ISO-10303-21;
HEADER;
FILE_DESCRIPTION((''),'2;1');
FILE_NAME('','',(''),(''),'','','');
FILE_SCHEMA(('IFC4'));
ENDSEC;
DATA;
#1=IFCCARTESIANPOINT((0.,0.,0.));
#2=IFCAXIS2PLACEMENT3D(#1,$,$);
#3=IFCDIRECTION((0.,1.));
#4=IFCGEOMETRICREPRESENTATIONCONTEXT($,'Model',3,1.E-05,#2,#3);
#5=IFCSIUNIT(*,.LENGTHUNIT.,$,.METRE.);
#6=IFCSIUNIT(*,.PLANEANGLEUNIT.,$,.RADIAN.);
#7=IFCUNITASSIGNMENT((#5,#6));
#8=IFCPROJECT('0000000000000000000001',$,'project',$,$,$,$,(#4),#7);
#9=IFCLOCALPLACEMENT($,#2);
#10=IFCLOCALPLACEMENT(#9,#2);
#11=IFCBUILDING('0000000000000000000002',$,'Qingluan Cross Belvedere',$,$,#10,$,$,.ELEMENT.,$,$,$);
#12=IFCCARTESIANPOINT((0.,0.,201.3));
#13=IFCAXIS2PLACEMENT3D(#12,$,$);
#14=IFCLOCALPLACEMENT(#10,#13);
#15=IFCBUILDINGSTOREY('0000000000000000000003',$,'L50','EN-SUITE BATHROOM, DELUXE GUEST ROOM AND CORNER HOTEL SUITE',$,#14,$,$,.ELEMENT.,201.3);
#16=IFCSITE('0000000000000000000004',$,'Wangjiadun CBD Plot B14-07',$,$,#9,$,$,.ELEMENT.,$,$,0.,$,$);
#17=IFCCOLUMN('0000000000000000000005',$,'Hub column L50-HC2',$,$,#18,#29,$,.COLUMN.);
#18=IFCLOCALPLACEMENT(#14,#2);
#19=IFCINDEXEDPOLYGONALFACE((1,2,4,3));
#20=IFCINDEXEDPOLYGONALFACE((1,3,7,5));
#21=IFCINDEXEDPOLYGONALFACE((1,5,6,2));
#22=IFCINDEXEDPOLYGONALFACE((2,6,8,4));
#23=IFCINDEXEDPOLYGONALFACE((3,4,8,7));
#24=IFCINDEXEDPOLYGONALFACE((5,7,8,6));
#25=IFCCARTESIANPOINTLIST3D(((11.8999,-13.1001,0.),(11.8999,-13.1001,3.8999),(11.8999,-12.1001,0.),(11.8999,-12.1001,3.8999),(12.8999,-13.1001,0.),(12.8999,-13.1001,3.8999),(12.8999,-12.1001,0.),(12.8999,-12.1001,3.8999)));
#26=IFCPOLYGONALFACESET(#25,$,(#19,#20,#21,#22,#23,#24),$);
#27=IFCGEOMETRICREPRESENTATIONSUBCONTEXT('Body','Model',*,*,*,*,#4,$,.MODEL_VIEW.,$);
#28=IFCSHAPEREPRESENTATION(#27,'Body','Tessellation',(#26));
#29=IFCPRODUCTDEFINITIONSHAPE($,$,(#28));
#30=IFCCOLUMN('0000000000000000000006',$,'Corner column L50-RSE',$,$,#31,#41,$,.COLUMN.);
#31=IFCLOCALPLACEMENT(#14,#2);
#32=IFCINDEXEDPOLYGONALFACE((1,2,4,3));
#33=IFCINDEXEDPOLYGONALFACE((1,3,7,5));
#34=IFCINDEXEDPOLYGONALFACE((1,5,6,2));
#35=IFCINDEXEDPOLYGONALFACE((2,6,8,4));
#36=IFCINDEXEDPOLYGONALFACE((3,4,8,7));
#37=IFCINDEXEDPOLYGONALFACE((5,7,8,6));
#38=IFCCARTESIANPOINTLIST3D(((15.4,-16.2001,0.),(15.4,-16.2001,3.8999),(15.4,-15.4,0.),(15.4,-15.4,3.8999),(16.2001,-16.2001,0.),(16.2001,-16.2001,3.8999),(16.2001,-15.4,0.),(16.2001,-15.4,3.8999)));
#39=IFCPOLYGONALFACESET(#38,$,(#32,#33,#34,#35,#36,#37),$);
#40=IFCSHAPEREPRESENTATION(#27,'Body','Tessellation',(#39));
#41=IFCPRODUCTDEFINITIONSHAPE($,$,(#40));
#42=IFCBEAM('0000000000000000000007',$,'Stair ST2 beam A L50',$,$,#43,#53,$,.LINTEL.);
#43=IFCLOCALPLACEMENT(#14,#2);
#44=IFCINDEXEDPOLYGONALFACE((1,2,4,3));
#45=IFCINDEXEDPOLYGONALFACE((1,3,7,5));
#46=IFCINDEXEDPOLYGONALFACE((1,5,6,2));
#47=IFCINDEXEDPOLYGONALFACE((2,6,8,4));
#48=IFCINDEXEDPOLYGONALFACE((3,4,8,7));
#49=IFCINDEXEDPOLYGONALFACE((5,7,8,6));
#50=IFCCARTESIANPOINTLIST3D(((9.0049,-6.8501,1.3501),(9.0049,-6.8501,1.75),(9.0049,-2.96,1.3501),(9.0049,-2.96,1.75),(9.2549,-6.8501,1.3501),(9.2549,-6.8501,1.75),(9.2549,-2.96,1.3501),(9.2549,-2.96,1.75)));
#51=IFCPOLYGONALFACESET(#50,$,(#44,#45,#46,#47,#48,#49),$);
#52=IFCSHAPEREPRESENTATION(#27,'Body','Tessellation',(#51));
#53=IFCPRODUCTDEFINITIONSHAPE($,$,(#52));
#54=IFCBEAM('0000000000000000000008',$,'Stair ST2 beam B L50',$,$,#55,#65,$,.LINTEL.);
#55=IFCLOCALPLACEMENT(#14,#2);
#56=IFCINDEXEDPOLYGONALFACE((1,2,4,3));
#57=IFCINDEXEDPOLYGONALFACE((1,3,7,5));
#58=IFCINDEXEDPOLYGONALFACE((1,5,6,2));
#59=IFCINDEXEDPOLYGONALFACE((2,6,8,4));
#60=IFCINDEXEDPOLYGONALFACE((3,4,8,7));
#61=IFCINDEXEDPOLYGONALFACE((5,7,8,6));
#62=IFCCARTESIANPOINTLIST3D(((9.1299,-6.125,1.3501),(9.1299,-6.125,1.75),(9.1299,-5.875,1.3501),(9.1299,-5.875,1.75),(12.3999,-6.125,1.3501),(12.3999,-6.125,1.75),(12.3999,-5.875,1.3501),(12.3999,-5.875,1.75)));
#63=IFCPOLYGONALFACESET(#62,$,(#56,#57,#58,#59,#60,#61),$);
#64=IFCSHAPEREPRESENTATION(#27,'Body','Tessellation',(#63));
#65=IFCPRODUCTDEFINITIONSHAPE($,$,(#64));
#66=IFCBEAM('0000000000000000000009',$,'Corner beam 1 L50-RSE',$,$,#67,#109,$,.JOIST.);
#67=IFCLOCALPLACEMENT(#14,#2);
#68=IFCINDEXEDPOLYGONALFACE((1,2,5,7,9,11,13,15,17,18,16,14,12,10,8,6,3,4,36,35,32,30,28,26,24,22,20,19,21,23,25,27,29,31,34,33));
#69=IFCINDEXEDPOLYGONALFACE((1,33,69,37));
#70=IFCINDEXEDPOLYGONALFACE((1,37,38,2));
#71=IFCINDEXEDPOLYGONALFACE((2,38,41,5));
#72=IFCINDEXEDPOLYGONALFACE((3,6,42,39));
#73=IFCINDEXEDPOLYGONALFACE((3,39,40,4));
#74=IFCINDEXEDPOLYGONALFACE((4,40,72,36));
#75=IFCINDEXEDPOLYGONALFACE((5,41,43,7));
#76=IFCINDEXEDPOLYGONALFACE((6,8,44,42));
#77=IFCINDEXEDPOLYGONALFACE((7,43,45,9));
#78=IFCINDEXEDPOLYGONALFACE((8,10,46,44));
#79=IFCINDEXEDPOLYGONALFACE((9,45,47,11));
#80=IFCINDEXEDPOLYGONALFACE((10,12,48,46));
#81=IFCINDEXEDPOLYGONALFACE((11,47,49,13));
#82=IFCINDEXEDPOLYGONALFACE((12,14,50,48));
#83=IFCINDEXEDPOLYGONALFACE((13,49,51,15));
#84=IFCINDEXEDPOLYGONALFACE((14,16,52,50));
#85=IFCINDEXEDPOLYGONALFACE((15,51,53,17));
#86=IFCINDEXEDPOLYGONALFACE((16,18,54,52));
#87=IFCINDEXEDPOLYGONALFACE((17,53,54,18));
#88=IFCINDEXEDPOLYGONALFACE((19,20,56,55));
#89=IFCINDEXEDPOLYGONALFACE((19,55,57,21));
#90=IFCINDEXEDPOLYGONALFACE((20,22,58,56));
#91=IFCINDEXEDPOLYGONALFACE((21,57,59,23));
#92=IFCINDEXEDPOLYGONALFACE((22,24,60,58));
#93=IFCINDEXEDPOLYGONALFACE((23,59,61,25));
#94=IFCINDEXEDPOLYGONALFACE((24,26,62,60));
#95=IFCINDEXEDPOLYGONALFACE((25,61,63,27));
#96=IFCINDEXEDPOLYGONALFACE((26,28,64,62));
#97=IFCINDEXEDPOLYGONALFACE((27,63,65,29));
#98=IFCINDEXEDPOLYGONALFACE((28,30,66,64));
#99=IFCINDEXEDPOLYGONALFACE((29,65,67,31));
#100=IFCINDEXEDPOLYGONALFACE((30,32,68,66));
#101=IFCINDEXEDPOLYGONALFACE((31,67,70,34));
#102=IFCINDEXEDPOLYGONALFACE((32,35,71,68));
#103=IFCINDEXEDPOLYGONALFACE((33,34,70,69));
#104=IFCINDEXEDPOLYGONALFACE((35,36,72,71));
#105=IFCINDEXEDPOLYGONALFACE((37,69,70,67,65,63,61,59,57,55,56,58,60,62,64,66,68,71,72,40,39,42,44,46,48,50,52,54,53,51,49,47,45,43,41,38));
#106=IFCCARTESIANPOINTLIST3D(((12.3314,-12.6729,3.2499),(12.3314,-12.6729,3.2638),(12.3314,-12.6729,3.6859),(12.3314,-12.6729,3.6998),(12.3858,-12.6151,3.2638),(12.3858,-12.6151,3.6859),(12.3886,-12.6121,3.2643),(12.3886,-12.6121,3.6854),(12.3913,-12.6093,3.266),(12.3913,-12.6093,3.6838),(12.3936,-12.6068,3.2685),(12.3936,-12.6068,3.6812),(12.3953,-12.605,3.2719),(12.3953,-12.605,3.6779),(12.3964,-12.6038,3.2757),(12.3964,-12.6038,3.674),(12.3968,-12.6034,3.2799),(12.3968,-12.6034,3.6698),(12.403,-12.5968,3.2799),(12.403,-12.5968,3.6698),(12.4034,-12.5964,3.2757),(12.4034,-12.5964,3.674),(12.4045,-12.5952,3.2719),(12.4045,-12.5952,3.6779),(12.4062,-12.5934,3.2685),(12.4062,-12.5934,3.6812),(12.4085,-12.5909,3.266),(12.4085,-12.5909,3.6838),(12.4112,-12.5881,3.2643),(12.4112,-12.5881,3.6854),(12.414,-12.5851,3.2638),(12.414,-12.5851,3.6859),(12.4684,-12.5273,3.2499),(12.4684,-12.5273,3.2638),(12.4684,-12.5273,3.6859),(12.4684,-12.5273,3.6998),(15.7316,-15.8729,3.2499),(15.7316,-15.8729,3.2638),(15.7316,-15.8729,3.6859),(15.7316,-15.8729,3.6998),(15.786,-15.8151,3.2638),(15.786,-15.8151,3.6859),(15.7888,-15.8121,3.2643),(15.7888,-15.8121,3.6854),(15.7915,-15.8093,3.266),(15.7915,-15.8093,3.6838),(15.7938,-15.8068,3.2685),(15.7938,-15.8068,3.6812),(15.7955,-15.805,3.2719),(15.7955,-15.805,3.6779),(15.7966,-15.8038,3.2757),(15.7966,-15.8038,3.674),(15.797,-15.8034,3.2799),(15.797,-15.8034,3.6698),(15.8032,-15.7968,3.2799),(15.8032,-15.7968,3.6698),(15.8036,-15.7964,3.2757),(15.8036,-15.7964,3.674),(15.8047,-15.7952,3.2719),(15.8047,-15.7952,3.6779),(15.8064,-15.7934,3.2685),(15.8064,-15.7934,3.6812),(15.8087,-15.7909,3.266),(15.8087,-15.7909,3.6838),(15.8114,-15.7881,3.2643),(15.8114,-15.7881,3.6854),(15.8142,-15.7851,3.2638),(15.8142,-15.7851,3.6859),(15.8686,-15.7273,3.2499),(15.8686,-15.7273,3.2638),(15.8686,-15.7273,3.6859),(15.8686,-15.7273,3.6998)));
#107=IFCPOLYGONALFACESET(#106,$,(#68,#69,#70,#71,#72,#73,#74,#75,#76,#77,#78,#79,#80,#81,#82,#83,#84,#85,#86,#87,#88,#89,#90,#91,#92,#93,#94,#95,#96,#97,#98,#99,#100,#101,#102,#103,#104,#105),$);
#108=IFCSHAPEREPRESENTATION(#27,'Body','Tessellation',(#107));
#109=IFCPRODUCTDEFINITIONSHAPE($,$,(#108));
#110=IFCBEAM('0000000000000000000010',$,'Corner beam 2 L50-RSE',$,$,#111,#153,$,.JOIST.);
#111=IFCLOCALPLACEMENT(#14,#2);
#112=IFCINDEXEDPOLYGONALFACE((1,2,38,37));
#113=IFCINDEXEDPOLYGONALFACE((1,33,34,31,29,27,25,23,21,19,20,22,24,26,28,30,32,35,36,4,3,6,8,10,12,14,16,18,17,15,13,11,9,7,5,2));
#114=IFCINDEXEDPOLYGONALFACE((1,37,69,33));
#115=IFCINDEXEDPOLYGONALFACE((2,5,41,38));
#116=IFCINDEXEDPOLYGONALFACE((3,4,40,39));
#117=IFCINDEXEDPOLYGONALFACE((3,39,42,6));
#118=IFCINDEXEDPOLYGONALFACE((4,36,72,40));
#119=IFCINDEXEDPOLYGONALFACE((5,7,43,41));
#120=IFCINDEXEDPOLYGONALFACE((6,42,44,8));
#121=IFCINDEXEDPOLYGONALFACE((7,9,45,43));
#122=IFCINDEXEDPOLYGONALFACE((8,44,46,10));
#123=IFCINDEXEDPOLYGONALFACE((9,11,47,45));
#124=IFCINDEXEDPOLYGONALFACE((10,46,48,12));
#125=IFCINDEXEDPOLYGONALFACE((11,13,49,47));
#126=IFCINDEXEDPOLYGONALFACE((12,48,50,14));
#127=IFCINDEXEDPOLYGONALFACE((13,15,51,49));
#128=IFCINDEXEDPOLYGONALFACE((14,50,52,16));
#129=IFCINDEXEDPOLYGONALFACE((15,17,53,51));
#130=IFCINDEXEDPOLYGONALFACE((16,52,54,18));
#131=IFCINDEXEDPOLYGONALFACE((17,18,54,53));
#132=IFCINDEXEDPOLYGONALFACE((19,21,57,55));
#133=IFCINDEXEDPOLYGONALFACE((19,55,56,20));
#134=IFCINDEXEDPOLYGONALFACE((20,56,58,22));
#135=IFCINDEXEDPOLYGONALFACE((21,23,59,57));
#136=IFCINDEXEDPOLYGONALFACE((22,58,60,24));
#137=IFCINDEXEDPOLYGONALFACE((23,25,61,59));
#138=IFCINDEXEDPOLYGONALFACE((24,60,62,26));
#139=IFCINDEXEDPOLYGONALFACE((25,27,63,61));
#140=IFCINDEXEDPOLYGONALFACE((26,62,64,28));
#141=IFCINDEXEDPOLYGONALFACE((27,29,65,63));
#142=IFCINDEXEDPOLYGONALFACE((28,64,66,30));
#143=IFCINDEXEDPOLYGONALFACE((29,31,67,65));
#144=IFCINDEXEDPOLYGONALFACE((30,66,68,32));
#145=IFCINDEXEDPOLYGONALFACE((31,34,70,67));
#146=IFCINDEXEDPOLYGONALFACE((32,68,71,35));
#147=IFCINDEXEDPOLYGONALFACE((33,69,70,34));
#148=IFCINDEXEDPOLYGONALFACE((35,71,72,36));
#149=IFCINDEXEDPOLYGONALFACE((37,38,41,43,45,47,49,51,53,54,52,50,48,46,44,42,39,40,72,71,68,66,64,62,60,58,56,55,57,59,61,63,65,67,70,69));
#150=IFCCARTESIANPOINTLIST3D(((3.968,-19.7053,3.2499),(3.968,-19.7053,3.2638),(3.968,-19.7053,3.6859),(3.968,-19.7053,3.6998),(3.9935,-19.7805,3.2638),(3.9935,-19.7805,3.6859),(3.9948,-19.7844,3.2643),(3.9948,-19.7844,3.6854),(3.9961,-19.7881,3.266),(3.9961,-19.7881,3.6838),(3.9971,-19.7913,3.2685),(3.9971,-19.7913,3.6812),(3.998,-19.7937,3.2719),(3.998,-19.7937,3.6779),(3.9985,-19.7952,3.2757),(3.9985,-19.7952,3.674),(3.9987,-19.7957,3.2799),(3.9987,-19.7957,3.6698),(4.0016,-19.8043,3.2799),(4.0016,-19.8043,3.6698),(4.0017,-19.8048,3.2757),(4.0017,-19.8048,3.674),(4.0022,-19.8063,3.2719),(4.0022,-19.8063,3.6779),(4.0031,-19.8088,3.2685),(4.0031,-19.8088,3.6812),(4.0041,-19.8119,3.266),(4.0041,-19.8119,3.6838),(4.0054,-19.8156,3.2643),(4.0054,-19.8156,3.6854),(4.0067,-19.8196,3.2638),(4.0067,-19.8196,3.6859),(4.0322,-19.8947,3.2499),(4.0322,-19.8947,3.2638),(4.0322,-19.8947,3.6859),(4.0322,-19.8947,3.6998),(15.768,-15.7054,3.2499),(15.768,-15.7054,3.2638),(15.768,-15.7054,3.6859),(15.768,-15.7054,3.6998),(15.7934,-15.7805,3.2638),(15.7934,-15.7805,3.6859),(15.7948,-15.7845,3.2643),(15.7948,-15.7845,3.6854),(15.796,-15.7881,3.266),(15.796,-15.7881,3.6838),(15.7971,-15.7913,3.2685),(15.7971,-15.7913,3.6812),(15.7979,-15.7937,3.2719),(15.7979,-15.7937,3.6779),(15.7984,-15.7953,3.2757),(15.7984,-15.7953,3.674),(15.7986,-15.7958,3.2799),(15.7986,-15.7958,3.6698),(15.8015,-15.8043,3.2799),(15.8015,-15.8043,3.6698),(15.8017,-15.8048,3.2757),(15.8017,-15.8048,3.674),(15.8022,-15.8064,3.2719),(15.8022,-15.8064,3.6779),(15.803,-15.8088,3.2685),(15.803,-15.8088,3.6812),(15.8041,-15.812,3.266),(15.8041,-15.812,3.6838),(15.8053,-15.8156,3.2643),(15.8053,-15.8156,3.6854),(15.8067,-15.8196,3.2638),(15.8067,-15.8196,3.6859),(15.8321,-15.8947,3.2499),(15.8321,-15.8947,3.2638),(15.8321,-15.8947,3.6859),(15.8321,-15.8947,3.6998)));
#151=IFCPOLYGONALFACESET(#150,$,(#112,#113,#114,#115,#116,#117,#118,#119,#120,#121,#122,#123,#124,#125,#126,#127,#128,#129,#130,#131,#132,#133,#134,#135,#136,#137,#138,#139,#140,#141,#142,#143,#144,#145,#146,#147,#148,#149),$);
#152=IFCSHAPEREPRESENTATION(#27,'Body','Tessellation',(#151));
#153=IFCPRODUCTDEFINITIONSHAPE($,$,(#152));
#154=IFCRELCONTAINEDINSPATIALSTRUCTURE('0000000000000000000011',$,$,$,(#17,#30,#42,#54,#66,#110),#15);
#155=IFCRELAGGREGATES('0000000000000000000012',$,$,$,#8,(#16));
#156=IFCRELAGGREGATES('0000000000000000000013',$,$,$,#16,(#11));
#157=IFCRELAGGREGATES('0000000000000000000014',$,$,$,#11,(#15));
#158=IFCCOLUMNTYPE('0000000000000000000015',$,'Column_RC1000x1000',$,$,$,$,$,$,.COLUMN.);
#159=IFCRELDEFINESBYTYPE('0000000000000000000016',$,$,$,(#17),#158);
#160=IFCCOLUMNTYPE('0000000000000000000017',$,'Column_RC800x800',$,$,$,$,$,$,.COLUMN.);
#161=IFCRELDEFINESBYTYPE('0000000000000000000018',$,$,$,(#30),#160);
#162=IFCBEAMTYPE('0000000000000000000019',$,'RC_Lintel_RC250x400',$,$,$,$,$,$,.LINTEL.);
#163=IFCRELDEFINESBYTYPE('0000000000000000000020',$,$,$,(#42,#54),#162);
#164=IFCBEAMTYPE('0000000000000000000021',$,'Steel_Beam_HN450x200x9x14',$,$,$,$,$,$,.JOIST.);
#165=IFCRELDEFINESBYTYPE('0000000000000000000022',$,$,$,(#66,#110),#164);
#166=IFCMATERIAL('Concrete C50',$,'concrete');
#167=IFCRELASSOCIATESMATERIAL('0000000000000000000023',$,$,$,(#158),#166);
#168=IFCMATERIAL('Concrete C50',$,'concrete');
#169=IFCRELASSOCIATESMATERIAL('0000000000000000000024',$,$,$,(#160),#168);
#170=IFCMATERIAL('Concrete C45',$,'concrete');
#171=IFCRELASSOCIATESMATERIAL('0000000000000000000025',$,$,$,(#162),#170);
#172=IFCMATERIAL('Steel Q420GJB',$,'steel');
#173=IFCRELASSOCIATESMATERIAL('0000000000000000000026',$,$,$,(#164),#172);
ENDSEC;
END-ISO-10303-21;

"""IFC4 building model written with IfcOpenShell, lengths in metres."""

from ifc_helpers import new_model, si_unit, direction, frame, origin, origin_2d, place, context, subcontext, project, spatial, rectangle, i_section, extrude, material, material_profile, profile_set, type_object, element, save


model = new_model("IFC4")

# Units and contexts
model_context = context("Model", 3, precision=1e-05, world=origin(), true_north=direction((0.0, 1.0)))
body_context = subcontext(model_context, "Body", "Model", "MODEL_VIEW")
ifc_project = project(units=[si_unit("LENGTHUNIT", "METRE"), si_unit("PLANEANGLEUNIT", "RADIAN")], contexts=[model_context])

# Site, building, storey
site_placement = place(None, origin())
site = spatial("IfcSite", under=ifc_project, at=site_placement, Name="Wangjiadun CBD Plot B14-07", CompositionType="ELEMENT", RefElevation=0.0)
building_placement = place(site_placement, origin())
building = spatial("IfcBuilding", under=site, at=building_placement, Name="Qingluan Cross Belvedere", CompositionType="ELEMENT")
storey_placement = place(building_placement, frame((0.0, 0.0, 201.3)))
storey = spatial("IfcBuildingStorey", under=building, at=storey_placement, Name="L50", Description="EN-SUITE BATHROOM, DELUXE GUEST ROOM AND CORNER HOTEL SUITE", CompositionType="ELEMENT", Elevation=201.3)

# Columns
ifc_material_1 = material(Name="Concrete C50", Category="concrete")
ifc_material_profile_1 = material_profile(ifc_material_1, rectangle(XDim=1.0, YDim=1.0, at=origin_2d()), Name="RC1000x1000")
ifc_profile_set_1 = profile_set([ifc_material_profile_1], Name="Concrete C50")
column_type_1 = type_object("IfcColumnType", Name="Column_RC1000x1000", PredefinedType="COLUMN", material=ifc_profile_set_1)
column_1_placement = place(storey_placement, frame((12.3999, -12.6001, 0.0), z_axis=(0.0, 0.0, 1.0), x_axis=(1.0, 0.0, 0.0)))
element("IfcColumn", 1, at=column_1_placement, inside=storey, type_object=column_type_1, Name="Hub column L50-HC2", PredefinedType="COLUMN", context=body_context, shape_type="SweptSolid", body=[
    extrude(rectangle(XDim=1.0, YDim=1.0, at=origin_2d()), origin(), (0.0, 0.0, 1.0), 3.8999),
])
ifc_material_2 = material(Name="Concrete C50", Category="concrete")
ifc_material_profile_2 = material_profile(ifc_material_2, rectangle(XDim=0.8, YDim=0.8, at=origin_2d()), Name="RC800x800")
ifc_profile_set_2 = profile_set([ifc_material_profile_2], Name="Concrete C50")
column_type_2 = type_object("IfcColumnType", Name="Column_RC800x800", PredefinedType="COLUMN", material=ifc_profile_set_2)
column_2_placement = place(storey_placement, frame((15.8, -15.8, 0.0), z_axis=(0.0, 0.0, 1.0), x_axis=(1.0, 0.0, 0.0)))
element("IfcColumn", 2, at=column_2_placement, inside=storey, type_object=column_type_2, Name="Corner column L50-RSE", PredefinedType="COLUMN", context=body_context, shape_type="SweptSolid", body=[
    extrude(rectangle(XDim=0.8, YDim=0.8, at=origin_2d()), origin(), (0.0, 0.0, 1.0), 3.8999),
])

# Beams
ifc_material_3 = material(Name="Concrete C45", Category="concrete")
ifc_material_profile_3 = material_profile(ifc_material_3, rectangle(XDim=0.25, YDim=0.3999, at=origin_2d()), Name="RC250x400")
ifc_profile_set_3 = profile_set([ifc_material_profile_3], Name="Concrete C45")
beam_type_1 = type_object("IfcBeamType", Name="RC_Lintel_RC250x400", PredefinedType="LINTEL", material=ifc_profile_set_3)
beam_1_placement = place(storey_placement, frame((9.1299, -6.8501, 1.55), z_axis=(0.0, 1.0, 0.0), x_axis=(-1.0, 0.0, 0.0)))
element("IfcBeam", 3, at=beam_1_placement, inside=storey, type_object=beam_type_1, Name="Stair ST2 beam A L50", PredefinedType="LINTEL", context=body_context, shape_type="SweptSolid", body=[
    extrude(rectangle(XDim=0.25, YDim=0.3999, at=origin_2d()), origin(), (0.0, 0.0, 1.0), 3.8901),
])
beam_2_placement = place(storey_placement, frame((12.3999, -6.0, 1.55), z_axis=(-1.0, 0.0, 0.0), x_axis=(0.0, -1.0, 0.0)))
element("IfcBeam", 4, at=beam_2_placement, inside=storey, type_object=beam_type_1, Name="Stair ST2 beam B L50", PredefinedType="LINTEL", context=body_context, shape_type="SweptSolid", body=[
    extrude(rectangle(XDim=0.25, YDim=0.3999, at=origin_2d()), origin(), (0.0, 0.0, 1.0), 3.27),
])
ifc_material_4 = material(Name="Steel Q420GJB", Category="steel")
ifc_material_profile_4 = material_profile(ifc_material_4, i_section(OverallWidth=0.2, OverallDepth=0.45, WebThickness=0.009, FlangeThickness=0.0139, FilletRadius=0.0161, at=origin_2d()), Name="HN450x200x9x14")
ifc_profile_set_4 = profile_set([ifc_material_profile_4], Name="Steel Q420GJB")
beam_type_2 = type_object("IfcBeamType", Name="Steel_Beam_HN450x200x9x14", PredefinedType="JOIST", material=ifc_profile_set_4)
beam_3_placement = place(storey_placement, frame((12.3999, -12.6001, 3.4749), z_axis=(0.72822, -0.685343, 0.0), x_axis=(0.685343, 0.72822, 0.0)))
element("IfcBeam", 5, at=beam_3_placement, inside=storey, type_object=beam_type_2, Name="Corner beam 1 L50-RSE", PredefinedType="JOIST", context=body_context, shape_type="SweptSolid", body=[
    extrude(i_section(OverallWidth=0.2, OverallDepth=0.45, WebThickness=0.009, FlangeThickness=0.0139, FilletRadius=0.0161, at=origin_2d()), origin(), (0.0, 0.0, 1.0), 4.6692),
])
for number, where, z_axis, x_axis, name in (
    (6, (15.8, -15.8, 3.4749), (-0.947066, -0.321038, 0.0), (0.321038, -0.947066, 0.0), "Corner beam 2 L50-RSE"),
):
    element("IfcBeam", number, at=place(storey_placement, frame(where, z_axis=z_axis, x_axis=x_axis)), inside=storey, type_object=beam_type_2, Name=name, PredefinedType="JOIST", context=body_context, shape_type="SweptSolid", body=[
        extrude(i_section(OverallWidth=0.2, OverallDepth=0.45, WebThickness=0.009, FlangeThickness=0.0139, FilletRadius=0.0161, at=origin_2d()), origin(), (0.0, 0.0, 1.0), 12.4595),
    ])

save(model, "model.ifc")
